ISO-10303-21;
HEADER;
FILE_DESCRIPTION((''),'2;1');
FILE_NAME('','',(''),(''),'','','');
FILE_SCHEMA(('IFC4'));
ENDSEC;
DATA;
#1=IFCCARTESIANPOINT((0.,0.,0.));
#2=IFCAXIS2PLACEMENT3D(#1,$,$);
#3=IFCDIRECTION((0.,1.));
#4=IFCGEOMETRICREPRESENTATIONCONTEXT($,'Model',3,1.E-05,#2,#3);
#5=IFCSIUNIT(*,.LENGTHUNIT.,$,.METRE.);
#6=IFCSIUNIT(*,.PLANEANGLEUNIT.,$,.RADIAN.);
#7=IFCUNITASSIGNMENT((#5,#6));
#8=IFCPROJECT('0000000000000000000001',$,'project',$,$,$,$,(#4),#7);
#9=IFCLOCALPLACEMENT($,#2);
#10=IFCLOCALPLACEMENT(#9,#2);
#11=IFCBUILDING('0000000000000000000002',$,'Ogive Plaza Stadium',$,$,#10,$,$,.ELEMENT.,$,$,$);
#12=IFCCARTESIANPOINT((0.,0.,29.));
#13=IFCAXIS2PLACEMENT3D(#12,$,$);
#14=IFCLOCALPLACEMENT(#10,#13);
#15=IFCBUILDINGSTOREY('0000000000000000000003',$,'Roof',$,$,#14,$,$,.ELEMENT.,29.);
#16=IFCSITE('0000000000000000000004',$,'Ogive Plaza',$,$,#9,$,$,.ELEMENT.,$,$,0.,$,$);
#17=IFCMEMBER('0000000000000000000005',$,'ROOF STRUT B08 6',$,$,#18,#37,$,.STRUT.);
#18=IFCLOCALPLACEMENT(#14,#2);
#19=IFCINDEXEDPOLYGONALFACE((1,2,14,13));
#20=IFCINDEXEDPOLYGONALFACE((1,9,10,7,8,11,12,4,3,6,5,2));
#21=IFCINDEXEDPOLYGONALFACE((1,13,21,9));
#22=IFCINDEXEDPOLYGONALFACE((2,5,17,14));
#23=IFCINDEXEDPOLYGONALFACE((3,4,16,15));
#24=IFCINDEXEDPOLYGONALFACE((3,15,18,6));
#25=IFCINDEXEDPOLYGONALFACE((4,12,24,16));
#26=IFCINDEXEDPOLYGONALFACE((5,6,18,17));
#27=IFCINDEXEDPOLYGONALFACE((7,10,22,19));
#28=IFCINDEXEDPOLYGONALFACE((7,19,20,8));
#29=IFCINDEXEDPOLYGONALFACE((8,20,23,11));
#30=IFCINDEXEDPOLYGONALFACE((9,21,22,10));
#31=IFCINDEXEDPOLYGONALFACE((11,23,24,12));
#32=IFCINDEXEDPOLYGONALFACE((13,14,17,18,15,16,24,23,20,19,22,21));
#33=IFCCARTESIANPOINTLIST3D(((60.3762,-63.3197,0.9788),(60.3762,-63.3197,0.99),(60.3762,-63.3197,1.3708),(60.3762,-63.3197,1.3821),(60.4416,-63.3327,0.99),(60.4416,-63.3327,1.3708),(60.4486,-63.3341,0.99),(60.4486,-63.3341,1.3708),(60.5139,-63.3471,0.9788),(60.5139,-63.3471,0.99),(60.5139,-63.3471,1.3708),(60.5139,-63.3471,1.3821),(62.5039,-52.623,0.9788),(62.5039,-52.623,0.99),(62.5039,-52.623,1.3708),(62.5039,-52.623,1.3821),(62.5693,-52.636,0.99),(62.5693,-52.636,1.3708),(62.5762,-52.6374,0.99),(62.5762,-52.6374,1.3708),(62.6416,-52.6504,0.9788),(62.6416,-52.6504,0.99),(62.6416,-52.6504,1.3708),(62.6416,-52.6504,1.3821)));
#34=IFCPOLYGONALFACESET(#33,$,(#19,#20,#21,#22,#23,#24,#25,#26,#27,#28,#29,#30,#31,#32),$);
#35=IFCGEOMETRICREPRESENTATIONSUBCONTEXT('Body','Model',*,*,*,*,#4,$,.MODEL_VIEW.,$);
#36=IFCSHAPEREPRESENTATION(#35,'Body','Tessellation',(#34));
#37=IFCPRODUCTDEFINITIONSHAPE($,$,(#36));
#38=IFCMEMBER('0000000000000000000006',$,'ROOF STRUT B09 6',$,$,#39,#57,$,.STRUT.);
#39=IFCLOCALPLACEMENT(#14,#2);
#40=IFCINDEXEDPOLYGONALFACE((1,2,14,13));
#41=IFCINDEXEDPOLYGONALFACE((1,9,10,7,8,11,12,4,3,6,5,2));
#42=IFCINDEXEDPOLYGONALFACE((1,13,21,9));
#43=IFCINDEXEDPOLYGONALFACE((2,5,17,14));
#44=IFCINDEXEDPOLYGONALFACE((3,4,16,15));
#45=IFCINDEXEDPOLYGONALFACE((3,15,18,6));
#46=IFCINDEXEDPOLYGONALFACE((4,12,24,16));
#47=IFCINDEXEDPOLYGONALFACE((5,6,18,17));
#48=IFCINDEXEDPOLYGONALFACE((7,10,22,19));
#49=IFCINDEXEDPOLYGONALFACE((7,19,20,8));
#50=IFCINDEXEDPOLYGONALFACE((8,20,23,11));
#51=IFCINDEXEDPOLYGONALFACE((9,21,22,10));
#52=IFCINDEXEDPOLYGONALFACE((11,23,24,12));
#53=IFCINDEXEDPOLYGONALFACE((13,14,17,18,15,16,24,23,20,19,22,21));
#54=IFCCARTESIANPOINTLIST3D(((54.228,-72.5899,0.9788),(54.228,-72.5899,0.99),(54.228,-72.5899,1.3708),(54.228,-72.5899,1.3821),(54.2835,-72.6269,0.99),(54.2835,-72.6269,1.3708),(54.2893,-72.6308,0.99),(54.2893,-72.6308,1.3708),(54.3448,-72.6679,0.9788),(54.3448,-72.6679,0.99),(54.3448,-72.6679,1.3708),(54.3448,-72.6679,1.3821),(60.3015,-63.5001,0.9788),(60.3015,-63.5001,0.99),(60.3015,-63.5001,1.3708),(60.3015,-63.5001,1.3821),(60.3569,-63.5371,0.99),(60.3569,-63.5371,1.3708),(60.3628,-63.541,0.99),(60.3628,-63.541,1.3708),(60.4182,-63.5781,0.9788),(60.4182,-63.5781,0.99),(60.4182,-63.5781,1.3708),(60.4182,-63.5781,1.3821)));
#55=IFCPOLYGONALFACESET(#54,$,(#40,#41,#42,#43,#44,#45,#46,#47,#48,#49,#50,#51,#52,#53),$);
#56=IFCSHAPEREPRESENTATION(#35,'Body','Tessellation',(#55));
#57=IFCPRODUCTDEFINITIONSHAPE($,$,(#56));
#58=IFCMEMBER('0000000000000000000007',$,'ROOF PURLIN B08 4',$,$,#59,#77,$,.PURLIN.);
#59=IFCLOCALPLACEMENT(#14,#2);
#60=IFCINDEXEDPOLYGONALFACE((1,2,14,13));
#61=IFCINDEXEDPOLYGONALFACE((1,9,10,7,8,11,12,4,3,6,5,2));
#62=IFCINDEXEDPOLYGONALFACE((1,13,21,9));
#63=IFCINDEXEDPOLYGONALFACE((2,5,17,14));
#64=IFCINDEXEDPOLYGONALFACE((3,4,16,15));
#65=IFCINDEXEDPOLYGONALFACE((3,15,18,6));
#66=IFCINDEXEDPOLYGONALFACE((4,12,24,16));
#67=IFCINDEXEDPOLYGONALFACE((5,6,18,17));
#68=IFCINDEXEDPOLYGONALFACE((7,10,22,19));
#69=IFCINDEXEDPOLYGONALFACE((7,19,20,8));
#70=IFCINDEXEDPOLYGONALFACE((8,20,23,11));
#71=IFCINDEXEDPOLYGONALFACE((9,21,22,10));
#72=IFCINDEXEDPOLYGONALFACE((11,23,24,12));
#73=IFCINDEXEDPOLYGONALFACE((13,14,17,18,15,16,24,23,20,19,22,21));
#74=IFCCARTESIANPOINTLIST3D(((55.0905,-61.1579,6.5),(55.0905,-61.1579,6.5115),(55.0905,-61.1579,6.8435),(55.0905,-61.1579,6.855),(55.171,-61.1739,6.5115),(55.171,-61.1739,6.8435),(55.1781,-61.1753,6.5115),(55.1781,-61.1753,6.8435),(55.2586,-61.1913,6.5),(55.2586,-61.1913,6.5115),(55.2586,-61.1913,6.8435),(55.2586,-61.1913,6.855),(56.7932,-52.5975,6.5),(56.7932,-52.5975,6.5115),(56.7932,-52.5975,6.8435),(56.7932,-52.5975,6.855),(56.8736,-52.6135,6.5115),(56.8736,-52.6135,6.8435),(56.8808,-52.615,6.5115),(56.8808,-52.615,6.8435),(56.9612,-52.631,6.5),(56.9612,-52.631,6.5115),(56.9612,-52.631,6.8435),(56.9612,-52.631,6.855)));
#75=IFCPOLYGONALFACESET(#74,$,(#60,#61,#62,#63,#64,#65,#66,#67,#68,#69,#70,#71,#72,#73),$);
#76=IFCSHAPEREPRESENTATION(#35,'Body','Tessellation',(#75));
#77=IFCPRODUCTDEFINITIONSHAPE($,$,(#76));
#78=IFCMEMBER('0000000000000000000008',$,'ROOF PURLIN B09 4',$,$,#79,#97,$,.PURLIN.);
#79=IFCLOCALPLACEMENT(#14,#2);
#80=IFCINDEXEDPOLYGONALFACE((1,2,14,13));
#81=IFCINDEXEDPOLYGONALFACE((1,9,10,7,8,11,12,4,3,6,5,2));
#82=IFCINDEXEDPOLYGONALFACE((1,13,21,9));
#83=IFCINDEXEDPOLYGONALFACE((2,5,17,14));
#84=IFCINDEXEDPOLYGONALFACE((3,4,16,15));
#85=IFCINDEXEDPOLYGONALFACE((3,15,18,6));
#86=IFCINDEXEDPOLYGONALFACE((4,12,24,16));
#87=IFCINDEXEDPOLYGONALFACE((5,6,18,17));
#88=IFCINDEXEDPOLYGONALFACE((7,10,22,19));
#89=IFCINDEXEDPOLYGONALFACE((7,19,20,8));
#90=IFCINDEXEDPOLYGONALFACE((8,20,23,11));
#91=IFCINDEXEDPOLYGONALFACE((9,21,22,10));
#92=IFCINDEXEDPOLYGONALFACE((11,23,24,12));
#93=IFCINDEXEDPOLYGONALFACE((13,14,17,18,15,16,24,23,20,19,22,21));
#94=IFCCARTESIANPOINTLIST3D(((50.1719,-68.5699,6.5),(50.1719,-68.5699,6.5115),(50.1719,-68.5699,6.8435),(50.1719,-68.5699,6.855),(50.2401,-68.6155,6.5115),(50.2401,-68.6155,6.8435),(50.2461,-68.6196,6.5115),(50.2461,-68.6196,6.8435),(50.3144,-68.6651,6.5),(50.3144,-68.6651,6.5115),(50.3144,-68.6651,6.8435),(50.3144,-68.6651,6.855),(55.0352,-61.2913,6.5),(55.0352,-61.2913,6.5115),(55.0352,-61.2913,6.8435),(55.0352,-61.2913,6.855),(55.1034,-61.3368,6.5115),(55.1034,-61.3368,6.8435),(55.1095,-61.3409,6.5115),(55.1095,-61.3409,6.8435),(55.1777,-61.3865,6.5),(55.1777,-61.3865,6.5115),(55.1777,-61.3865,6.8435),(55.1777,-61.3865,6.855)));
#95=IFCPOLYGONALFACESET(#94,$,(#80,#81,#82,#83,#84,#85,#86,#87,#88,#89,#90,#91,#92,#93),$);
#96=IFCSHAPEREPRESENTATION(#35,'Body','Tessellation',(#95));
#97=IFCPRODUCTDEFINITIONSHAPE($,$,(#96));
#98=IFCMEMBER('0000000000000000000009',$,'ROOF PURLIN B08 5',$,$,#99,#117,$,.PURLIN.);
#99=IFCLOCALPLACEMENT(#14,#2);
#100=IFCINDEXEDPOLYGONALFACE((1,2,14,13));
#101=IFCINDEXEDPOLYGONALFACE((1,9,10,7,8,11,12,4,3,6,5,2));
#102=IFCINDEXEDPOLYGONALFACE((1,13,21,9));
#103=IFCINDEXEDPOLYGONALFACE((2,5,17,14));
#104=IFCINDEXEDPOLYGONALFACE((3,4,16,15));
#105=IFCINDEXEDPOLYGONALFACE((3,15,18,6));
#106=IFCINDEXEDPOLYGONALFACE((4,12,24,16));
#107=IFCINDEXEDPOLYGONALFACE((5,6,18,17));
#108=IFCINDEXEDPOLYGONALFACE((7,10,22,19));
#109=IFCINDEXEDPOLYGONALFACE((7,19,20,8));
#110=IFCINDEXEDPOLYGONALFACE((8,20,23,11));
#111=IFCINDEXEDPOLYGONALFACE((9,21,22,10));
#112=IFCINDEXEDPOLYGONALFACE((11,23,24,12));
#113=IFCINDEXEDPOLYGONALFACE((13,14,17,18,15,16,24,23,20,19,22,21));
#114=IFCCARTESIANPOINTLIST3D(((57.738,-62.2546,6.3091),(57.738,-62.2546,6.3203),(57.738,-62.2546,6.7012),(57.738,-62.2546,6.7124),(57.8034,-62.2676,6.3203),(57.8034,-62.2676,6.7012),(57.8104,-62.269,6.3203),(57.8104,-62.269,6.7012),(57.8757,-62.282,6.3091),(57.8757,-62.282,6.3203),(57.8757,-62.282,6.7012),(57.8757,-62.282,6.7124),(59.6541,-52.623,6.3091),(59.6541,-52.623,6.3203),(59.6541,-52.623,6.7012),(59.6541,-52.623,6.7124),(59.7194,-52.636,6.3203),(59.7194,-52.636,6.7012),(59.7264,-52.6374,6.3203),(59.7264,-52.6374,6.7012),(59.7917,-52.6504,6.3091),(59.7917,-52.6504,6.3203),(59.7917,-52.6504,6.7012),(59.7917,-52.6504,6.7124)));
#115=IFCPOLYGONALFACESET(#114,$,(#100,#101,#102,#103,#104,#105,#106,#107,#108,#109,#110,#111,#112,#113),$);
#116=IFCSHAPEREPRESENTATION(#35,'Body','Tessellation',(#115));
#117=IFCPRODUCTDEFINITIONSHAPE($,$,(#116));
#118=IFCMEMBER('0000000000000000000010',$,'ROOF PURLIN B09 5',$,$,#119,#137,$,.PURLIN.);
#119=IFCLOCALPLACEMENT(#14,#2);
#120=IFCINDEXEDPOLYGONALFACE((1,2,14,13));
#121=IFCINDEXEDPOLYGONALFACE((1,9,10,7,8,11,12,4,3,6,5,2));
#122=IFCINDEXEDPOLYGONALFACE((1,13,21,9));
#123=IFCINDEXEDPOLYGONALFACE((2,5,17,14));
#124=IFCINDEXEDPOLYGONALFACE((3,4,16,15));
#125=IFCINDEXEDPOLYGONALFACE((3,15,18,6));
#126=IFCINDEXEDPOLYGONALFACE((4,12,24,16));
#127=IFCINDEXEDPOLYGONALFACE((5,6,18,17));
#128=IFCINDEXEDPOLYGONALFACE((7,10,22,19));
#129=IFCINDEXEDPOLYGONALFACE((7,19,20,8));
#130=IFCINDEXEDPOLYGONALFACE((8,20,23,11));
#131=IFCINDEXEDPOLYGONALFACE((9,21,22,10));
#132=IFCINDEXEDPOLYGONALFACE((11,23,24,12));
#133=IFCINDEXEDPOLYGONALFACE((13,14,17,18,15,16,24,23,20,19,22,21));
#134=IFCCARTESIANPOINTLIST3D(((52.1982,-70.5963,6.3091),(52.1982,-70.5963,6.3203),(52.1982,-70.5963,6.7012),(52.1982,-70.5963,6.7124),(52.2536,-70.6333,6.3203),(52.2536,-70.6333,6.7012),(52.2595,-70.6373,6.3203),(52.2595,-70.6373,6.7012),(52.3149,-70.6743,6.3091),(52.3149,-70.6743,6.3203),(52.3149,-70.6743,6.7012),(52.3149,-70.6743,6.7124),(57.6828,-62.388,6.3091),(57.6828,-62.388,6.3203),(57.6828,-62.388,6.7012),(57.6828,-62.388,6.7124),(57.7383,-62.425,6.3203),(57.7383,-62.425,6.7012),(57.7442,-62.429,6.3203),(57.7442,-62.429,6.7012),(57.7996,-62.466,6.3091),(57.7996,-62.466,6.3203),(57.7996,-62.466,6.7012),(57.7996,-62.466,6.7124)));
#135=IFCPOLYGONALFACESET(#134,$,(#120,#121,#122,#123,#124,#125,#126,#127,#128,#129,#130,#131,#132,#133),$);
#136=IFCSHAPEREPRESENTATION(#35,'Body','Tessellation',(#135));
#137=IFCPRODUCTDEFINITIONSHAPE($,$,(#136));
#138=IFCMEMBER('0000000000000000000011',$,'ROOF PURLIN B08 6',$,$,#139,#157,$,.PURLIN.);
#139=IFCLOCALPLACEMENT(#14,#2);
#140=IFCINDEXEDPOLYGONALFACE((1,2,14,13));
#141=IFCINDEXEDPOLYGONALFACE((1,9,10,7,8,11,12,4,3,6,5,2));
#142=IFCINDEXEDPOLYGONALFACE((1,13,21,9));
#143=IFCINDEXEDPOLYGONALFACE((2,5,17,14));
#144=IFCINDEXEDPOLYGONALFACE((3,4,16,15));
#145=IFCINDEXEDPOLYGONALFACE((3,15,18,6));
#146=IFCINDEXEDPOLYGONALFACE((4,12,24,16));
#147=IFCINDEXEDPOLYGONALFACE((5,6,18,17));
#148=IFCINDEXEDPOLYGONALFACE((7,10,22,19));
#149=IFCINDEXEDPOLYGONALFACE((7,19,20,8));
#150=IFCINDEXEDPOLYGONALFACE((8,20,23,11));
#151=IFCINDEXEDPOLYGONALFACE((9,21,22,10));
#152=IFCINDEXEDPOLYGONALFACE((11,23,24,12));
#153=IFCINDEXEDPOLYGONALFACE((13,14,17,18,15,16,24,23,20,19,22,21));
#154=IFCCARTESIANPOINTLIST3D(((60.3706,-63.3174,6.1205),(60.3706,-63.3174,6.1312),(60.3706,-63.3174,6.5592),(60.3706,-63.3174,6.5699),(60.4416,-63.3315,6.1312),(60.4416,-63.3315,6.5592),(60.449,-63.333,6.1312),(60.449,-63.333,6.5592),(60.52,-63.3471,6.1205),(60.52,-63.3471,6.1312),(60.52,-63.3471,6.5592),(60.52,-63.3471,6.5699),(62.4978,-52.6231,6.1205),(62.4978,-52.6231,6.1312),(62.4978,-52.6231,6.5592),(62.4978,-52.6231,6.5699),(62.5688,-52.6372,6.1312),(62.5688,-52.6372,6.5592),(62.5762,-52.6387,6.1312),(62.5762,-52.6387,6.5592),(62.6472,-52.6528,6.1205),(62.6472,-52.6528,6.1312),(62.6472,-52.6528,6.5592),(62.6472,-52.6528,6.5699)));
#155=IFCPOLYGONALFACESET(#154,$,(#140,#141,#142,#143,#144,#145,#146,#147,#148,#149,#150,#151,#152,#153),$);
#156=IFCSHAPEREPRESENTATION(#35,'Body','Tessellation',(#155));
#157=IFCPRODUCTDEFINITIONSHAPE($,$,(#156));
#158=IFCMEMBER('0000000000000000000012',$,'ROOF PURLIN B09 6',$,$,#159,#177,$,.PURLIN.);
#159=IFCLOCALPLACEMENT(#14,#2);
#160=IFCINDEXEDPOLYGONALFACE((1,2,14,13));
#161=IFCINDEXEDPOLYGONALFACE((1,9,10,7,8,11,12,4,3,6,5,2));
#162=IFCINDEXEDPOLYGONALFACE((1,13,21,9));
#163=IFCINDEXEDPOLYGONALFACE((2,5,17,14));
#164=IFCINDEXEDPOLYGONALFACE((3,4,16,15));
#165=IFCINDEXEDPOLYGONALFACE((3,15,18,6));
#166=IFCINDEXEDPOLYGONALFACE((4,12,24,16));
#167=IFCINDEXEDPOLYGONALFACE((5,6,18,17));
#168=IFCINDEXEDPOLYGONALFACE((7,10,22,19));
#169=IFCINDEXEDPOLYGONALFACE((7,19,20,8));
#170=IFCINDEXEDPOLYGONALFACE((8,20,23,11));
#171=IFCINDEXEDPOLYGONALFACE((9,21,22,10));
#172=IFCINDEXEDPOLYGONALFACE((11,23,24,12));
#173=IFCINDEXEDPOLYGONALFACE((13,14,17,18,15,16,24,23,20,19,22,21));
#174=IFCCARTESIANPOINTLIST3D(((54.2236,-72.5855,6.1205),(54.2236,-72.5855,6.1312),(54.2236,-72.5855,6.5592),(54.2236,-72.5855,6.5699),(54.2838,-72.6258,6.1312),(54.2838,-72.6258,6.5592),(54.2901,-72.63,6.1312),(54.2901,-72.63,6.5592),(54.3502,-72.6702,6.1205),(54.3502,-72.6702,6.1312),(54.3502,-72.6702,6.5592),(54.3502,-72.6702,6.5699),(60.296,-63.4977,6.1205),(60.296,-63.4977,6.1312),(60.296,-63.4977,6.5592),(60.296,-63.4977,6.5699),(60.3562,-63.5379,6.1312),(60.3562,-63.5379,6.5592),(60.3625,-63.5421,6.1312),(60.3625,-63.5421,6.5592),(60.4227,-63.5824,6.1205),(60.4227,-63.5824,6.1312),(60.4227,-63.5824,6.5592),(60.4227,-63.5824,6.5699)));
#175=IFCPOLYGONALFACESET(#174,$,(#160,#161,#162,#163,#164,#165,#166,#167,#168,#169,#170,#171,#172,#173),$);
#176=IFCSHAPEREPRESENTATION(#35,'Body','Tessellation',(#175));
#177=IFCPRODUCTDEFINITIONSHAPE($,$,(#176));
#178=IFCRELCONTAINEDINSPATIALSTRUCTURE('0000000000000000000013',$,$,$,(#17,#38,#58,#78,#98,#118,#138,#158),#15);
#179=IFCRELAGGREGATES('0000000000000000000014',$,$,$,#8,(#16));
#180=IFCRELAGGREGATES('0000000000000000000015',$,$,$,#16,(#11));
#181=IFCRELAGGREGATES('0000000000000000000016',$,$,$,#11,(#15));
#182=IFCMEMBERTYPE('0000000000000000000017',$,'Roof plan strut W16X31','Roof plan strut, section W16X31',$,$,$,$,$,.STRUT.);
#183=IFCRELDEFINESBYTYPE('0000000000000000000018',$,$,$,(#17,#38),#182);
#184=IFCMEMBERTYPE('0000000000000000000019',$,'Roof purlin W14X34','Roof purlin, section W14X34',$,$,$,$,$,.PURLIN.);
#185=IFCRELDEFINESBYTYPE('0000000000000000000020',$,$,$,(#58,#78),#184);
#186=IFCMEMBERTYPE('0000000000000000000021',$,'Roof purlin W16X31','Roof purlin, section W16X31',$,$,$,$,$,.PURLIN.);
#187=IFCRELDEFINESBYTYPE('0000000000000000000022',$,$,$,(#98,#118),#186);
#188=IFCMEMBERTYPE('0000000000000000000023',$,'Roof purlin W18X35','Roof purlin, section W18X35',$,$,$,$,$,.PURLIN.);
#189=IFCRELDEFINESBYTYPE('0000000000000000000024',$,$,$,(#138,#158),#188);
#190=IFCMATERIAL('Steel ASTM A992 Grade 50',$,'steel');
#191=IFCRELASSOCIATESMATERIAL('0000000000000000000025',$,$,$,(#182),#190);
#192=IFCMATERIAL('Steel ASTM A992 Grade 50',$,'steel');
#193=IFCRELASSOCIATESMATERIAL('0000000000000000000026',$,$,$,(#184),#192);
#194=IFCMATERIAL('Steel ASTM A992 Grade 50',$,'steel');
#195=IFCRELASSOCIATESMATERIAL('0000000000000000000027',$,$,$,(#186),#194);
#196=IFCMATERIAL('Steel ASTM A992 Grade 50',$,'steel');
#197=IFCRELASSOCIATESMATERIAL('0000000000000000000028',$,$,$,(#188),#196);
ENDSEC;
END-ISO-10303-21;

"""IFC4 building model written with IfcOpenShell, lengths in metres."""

from ifc_helpers import new_model, si_unit, direction, frame, origin, origin_2d, place, context, subcontext, project, spatial, i_section, extrude, material, material_profile, profile_set, type_object, element, save


model = new_model("IFC4")

# Units and contexts
model_context = context("Model", 3, precision=1e-05, world=origin(), true_north=direction((0.0, 1.0)))
body_context = subcontext(model_context, "Body", "Model", "MODEL_VIEW")
ifc_project = project(units=[si_unit("LENGTHUNIT", "METRE"), si_unit("PLANEANGLEUNIT", "RADIAN")], contexts=[model_context])

# Site, building, storey
site_placement = place(None, origin())
site = spatial("IfcSite", under=ifc_project, at=site_placement, Name="Ogive Plaza", CompositionType="ELEMENT", RefElevation=0.0)
building_placement = place(site_placement, origin())
building = spatial("IfcBuilding", under=site, at=building_placement, Name="Ogive Plaza Stadium", CompositionType="ELEMENT")
storey_placement = place(building_placement, frame((0.0, 0.0, 29.0)))
storey = spatial("IfcBuildingStorey", under=building, at=storey_placement, Name="Roof", CompositionType="ELEMENT", Elevation=29.0)

# Members
ifc_material_1 = material(Name="Steel ASTM A992 Grade 50", Category="steel")
ifc_material_profile_1 = material_profile(ifc_material_1, i_section(OverallWidth=0.1404, OverallDepth=0.4033, WebThickness=0.0071, FlangeThickness=0.0112, at=origin_2d()), Name="W16X31")
ifc_profile_set_1 = profile_set([ifc_material_profile_1], Name="Steel ASTM A992 Grade 50")
member_type_1 = type_object("IfcMemberType", Name="Roof plan strut W16X31", Description="Roof plan strut, section W16X31", PredefinedType="STRUT", material=ifc_profile_set_1)
member_1_placement = place(storey_placement, frame((62.5728, -52.6367, 1.1804), z_axis=(-0.195087, -0.980786, 0.0), x_axis=(0.980786, -0.195087, 0.0)))
element("IfcMember", 1, at=member_1_placement, inside=storey, type_object=member_type_1, Name="ROOF STRUT B08 6", PredefinedType="STRUT", context=body_context, shape_type="SweptSolid", body=[
    extrude(i_section(OverallWidth=0.1404, OverallDepth=0.4033, WebThickness=0.0071, FlangeThickness=0.0112, at=origin_2d()), origin(), (0.0, 0.0, 1.0), 10.9062),
])
member_2_placement = place(storey_placement, frame((60.3599, -63.5391, 1.1804), z_axis=(-0.555561, -0.831476, 0.0), x_axis=(0.831476, -0.555561, 0.0)))
element("IfcMember", 2, at=member_2_placement, inside=storey, type_object=member_type_1, Name="ROOF STRUT B09 6", PredefinedType="STRUT", context=body_context, shape_type="SweptSolid", body=[
    extrude(i_section(OverallWidth=0.1404, OverallDepth=0.4033, WebThickness=0.0071, FlangeThickness=0.0112, at=origin_2d()), origin(), (0.0, 0.0, 1.0), 10.9321),
])
ifc_material_2 = material(Name="Steel ASTM A992 Grade 50", Category="steel")
ifc_material_profile_2 = material_profile(ifc_material_2, i_section(OverallWidth=0.1714, OverallDepth=0.355, WebThickness=0.0073, FlangeThickness=0.0115, at=origin_2d()), Name="W14X34")
ifc_profile_set_2 = profile_set([ifc_material_profile_2], Name="Steel ASTM A992 Grade 50")
member_type_2 = type_object("IfcMemberType", Name="Roof purlin W14X34", Description="Roof purlin, section W14X34", PredefinedType="PURLIN", material=ifc_profile_set_2)
member_3_placement = place(storey_placement, frame((56.8772, -52.6143, 6.6775), z_axis=(-0.195078, -0.980788, 0.0), x_axis=(0.980788, -0.195078, 0.0)))
element("IfcMember", 3, at=member_3_placement, inside=storey, type_object=member_type_2, Name="ROOF PURLIN B08 4", PredefinedType="PURLIN", context=body_context, shape_type="SweptSolid", body=[
    extrude(i_section(OverallWidth=0.1714, OverallDepth=0.355, WebThickness=0.0073, FlangeThickness=0.0115, at=origin_2d()), origin(), (0.0, 0.0, 1.0), 8.728),
])
member_4_placement = place(storey_placement, frame((55.1064, -61.3389, 6.6775), z_axis=(-0.555562, -0.831475, 0.0), x_axis=(0.831475, -0.555562, 0.0)))
element("IfcMember", 4, at=member_4_placement, inside=storey, type_object=member_type_2, Name="ROOF PURLIN B09 4", PredefinedType="PURLIN", context=body_context, shape_type="SweptSolid", body=[
    extrude(i_section(OverallWidth=0.1714, OverallDepth=0.355, WebThickness=0.0073, FlangeThickness=0.0115, at=origin_2d()), origin(), (0.0, 0.0, 1.0), 8.7539),
])
ifc_material_3 = material(Name="Steel ASTM A992 Grade 50", Category="steel")
ifc_material_profile_3 = material_profile(ifc_material_3, i_section(OverallWidth=0.1404, OverallDepth=0.4033, WebThickness=0.0071, FlangeThickness=0.0112, at=origin_2d()), Name="W16X31")
ifc_profile_set_3 = profile_set([ifc_material_profile_3], Name="Steel ASTM A992 Grade 50")
member_type_3 = type_object("IfcMemberType", Name="Roof purlin W16X31", Description="Roof purlin, section W16X31", PredefinedType="PURLIN", material=ifc_profile_set_3)
member_5_placement = place(storey_placement, frame((59.7229, -52.6367, 6.5107), z_axis=(-0.195107, -0.980782, 0.0), x_axis=(0.980782, -0.195107, 0.0)))
element("IfcMember", 5, at=member_5_placement, inside=storey, type_object=member_type_3, Name="ROOF PURLIN B08 5", PredefinedType="PURLIN", context=body_context, shape_type="SweptSolid", body=[
    extrude(i_section(OverallWidth=0.1404, OverallDepth=0.4033, WebThickness=0.0071, FlangeThickness=0.0112, at=origin_2d()), origin(), (0.0, 0.0, 1.0), 9.8203),
])
member_6_placement = place(storey_placement, frame((57.7412, -62.427, 6.5107), z_axis=(-0.555573, -0.831468, 0.0), x_axis=(0.831468, -0.555573, 0.0)))
element("IfcMember", 6, at=member_6_placement, inside=storey, type_object=member_type_3, Name="ROOF PURLIN B09 5", PredefinedType="PURLIN", context=body_context, shape_type="SweptSolid", body=[
    extrude(i_section(OverallWidth=0.1404, OverallDepth=0.4033, WebThickness=0.0071, FlangeThickness=0.0112, at=origin_2d()), origin(), (0.0, 0.0, 1.0), 9.8721),
])
ifc_material_4 = material(Name="Steel ASTM A992 Grade 50", Category="steel")
ifc_material_profile_4 = material_profile(ifc_material_4, i_section(OverallWidth=0.1523, OverallDepth=0.4495, WebThickness=0.0076, FlangeThickness=0.0107, at=origin_2d()), Name="W18X35")
ifc_profile_set_4 = profile_set([ifc_material_profile_4], Name="Steel ASTM A992 Grade 50")
member_type_4 = type_object("IfcMemberType", Name="Roof purlin W18X35", Description="Roof purlin, section W18X35", PredefinedType="PURLIN", material=ifc_profile_set_4)
member_7_placement = place(storey_placement, frame((62.5725, -52.6379, 6.3452), z_axis=(-0.195087, -0.980786, 0.0), x_axis=(0.980786, -0.195087, 0.0)))
element("IfcMember", 7, at=member_7_placement, inside=storey, type_object=member_type_4, Name="ROOF PURLIN B08 6", PredefinedType="PURLIN", context=body_context, shape_type="SweptSolid", body=[
    extrude(i_section(OverallWidth=0.1523, OverallDepth=0.4495, WebThickness=0.0076, FlangeThickness=0.0107, at=origin_2d()), origin(), (0.0, 0.0, 1.0), 10.9038),
])
member_8_placement = place(storey_placement, frame((60.3594, -63.54, 6.3452), z_axis=(-0.555581, -0.831462, 0.0), x_axis=(0.831462, -0.555581, 0.0)))
element("IfcMember", 8, at=member_8_placement, inside=storey, type_object=member_type_4, Name="ROOF PURLIN B09 6", PredefinedType="PURLIN", context=body_context, shape_type="SweptSolid", body=[
    extrude(i_section(OverallWidth=0.1523, OverallDepth=0.4495, WebThickness=0.0076, FlangeThickness=0.0107, at=origin_2d()), origin(), (0.0, 0.0, 1.0), 10.9299),
])

save(model, "model.ifc")
